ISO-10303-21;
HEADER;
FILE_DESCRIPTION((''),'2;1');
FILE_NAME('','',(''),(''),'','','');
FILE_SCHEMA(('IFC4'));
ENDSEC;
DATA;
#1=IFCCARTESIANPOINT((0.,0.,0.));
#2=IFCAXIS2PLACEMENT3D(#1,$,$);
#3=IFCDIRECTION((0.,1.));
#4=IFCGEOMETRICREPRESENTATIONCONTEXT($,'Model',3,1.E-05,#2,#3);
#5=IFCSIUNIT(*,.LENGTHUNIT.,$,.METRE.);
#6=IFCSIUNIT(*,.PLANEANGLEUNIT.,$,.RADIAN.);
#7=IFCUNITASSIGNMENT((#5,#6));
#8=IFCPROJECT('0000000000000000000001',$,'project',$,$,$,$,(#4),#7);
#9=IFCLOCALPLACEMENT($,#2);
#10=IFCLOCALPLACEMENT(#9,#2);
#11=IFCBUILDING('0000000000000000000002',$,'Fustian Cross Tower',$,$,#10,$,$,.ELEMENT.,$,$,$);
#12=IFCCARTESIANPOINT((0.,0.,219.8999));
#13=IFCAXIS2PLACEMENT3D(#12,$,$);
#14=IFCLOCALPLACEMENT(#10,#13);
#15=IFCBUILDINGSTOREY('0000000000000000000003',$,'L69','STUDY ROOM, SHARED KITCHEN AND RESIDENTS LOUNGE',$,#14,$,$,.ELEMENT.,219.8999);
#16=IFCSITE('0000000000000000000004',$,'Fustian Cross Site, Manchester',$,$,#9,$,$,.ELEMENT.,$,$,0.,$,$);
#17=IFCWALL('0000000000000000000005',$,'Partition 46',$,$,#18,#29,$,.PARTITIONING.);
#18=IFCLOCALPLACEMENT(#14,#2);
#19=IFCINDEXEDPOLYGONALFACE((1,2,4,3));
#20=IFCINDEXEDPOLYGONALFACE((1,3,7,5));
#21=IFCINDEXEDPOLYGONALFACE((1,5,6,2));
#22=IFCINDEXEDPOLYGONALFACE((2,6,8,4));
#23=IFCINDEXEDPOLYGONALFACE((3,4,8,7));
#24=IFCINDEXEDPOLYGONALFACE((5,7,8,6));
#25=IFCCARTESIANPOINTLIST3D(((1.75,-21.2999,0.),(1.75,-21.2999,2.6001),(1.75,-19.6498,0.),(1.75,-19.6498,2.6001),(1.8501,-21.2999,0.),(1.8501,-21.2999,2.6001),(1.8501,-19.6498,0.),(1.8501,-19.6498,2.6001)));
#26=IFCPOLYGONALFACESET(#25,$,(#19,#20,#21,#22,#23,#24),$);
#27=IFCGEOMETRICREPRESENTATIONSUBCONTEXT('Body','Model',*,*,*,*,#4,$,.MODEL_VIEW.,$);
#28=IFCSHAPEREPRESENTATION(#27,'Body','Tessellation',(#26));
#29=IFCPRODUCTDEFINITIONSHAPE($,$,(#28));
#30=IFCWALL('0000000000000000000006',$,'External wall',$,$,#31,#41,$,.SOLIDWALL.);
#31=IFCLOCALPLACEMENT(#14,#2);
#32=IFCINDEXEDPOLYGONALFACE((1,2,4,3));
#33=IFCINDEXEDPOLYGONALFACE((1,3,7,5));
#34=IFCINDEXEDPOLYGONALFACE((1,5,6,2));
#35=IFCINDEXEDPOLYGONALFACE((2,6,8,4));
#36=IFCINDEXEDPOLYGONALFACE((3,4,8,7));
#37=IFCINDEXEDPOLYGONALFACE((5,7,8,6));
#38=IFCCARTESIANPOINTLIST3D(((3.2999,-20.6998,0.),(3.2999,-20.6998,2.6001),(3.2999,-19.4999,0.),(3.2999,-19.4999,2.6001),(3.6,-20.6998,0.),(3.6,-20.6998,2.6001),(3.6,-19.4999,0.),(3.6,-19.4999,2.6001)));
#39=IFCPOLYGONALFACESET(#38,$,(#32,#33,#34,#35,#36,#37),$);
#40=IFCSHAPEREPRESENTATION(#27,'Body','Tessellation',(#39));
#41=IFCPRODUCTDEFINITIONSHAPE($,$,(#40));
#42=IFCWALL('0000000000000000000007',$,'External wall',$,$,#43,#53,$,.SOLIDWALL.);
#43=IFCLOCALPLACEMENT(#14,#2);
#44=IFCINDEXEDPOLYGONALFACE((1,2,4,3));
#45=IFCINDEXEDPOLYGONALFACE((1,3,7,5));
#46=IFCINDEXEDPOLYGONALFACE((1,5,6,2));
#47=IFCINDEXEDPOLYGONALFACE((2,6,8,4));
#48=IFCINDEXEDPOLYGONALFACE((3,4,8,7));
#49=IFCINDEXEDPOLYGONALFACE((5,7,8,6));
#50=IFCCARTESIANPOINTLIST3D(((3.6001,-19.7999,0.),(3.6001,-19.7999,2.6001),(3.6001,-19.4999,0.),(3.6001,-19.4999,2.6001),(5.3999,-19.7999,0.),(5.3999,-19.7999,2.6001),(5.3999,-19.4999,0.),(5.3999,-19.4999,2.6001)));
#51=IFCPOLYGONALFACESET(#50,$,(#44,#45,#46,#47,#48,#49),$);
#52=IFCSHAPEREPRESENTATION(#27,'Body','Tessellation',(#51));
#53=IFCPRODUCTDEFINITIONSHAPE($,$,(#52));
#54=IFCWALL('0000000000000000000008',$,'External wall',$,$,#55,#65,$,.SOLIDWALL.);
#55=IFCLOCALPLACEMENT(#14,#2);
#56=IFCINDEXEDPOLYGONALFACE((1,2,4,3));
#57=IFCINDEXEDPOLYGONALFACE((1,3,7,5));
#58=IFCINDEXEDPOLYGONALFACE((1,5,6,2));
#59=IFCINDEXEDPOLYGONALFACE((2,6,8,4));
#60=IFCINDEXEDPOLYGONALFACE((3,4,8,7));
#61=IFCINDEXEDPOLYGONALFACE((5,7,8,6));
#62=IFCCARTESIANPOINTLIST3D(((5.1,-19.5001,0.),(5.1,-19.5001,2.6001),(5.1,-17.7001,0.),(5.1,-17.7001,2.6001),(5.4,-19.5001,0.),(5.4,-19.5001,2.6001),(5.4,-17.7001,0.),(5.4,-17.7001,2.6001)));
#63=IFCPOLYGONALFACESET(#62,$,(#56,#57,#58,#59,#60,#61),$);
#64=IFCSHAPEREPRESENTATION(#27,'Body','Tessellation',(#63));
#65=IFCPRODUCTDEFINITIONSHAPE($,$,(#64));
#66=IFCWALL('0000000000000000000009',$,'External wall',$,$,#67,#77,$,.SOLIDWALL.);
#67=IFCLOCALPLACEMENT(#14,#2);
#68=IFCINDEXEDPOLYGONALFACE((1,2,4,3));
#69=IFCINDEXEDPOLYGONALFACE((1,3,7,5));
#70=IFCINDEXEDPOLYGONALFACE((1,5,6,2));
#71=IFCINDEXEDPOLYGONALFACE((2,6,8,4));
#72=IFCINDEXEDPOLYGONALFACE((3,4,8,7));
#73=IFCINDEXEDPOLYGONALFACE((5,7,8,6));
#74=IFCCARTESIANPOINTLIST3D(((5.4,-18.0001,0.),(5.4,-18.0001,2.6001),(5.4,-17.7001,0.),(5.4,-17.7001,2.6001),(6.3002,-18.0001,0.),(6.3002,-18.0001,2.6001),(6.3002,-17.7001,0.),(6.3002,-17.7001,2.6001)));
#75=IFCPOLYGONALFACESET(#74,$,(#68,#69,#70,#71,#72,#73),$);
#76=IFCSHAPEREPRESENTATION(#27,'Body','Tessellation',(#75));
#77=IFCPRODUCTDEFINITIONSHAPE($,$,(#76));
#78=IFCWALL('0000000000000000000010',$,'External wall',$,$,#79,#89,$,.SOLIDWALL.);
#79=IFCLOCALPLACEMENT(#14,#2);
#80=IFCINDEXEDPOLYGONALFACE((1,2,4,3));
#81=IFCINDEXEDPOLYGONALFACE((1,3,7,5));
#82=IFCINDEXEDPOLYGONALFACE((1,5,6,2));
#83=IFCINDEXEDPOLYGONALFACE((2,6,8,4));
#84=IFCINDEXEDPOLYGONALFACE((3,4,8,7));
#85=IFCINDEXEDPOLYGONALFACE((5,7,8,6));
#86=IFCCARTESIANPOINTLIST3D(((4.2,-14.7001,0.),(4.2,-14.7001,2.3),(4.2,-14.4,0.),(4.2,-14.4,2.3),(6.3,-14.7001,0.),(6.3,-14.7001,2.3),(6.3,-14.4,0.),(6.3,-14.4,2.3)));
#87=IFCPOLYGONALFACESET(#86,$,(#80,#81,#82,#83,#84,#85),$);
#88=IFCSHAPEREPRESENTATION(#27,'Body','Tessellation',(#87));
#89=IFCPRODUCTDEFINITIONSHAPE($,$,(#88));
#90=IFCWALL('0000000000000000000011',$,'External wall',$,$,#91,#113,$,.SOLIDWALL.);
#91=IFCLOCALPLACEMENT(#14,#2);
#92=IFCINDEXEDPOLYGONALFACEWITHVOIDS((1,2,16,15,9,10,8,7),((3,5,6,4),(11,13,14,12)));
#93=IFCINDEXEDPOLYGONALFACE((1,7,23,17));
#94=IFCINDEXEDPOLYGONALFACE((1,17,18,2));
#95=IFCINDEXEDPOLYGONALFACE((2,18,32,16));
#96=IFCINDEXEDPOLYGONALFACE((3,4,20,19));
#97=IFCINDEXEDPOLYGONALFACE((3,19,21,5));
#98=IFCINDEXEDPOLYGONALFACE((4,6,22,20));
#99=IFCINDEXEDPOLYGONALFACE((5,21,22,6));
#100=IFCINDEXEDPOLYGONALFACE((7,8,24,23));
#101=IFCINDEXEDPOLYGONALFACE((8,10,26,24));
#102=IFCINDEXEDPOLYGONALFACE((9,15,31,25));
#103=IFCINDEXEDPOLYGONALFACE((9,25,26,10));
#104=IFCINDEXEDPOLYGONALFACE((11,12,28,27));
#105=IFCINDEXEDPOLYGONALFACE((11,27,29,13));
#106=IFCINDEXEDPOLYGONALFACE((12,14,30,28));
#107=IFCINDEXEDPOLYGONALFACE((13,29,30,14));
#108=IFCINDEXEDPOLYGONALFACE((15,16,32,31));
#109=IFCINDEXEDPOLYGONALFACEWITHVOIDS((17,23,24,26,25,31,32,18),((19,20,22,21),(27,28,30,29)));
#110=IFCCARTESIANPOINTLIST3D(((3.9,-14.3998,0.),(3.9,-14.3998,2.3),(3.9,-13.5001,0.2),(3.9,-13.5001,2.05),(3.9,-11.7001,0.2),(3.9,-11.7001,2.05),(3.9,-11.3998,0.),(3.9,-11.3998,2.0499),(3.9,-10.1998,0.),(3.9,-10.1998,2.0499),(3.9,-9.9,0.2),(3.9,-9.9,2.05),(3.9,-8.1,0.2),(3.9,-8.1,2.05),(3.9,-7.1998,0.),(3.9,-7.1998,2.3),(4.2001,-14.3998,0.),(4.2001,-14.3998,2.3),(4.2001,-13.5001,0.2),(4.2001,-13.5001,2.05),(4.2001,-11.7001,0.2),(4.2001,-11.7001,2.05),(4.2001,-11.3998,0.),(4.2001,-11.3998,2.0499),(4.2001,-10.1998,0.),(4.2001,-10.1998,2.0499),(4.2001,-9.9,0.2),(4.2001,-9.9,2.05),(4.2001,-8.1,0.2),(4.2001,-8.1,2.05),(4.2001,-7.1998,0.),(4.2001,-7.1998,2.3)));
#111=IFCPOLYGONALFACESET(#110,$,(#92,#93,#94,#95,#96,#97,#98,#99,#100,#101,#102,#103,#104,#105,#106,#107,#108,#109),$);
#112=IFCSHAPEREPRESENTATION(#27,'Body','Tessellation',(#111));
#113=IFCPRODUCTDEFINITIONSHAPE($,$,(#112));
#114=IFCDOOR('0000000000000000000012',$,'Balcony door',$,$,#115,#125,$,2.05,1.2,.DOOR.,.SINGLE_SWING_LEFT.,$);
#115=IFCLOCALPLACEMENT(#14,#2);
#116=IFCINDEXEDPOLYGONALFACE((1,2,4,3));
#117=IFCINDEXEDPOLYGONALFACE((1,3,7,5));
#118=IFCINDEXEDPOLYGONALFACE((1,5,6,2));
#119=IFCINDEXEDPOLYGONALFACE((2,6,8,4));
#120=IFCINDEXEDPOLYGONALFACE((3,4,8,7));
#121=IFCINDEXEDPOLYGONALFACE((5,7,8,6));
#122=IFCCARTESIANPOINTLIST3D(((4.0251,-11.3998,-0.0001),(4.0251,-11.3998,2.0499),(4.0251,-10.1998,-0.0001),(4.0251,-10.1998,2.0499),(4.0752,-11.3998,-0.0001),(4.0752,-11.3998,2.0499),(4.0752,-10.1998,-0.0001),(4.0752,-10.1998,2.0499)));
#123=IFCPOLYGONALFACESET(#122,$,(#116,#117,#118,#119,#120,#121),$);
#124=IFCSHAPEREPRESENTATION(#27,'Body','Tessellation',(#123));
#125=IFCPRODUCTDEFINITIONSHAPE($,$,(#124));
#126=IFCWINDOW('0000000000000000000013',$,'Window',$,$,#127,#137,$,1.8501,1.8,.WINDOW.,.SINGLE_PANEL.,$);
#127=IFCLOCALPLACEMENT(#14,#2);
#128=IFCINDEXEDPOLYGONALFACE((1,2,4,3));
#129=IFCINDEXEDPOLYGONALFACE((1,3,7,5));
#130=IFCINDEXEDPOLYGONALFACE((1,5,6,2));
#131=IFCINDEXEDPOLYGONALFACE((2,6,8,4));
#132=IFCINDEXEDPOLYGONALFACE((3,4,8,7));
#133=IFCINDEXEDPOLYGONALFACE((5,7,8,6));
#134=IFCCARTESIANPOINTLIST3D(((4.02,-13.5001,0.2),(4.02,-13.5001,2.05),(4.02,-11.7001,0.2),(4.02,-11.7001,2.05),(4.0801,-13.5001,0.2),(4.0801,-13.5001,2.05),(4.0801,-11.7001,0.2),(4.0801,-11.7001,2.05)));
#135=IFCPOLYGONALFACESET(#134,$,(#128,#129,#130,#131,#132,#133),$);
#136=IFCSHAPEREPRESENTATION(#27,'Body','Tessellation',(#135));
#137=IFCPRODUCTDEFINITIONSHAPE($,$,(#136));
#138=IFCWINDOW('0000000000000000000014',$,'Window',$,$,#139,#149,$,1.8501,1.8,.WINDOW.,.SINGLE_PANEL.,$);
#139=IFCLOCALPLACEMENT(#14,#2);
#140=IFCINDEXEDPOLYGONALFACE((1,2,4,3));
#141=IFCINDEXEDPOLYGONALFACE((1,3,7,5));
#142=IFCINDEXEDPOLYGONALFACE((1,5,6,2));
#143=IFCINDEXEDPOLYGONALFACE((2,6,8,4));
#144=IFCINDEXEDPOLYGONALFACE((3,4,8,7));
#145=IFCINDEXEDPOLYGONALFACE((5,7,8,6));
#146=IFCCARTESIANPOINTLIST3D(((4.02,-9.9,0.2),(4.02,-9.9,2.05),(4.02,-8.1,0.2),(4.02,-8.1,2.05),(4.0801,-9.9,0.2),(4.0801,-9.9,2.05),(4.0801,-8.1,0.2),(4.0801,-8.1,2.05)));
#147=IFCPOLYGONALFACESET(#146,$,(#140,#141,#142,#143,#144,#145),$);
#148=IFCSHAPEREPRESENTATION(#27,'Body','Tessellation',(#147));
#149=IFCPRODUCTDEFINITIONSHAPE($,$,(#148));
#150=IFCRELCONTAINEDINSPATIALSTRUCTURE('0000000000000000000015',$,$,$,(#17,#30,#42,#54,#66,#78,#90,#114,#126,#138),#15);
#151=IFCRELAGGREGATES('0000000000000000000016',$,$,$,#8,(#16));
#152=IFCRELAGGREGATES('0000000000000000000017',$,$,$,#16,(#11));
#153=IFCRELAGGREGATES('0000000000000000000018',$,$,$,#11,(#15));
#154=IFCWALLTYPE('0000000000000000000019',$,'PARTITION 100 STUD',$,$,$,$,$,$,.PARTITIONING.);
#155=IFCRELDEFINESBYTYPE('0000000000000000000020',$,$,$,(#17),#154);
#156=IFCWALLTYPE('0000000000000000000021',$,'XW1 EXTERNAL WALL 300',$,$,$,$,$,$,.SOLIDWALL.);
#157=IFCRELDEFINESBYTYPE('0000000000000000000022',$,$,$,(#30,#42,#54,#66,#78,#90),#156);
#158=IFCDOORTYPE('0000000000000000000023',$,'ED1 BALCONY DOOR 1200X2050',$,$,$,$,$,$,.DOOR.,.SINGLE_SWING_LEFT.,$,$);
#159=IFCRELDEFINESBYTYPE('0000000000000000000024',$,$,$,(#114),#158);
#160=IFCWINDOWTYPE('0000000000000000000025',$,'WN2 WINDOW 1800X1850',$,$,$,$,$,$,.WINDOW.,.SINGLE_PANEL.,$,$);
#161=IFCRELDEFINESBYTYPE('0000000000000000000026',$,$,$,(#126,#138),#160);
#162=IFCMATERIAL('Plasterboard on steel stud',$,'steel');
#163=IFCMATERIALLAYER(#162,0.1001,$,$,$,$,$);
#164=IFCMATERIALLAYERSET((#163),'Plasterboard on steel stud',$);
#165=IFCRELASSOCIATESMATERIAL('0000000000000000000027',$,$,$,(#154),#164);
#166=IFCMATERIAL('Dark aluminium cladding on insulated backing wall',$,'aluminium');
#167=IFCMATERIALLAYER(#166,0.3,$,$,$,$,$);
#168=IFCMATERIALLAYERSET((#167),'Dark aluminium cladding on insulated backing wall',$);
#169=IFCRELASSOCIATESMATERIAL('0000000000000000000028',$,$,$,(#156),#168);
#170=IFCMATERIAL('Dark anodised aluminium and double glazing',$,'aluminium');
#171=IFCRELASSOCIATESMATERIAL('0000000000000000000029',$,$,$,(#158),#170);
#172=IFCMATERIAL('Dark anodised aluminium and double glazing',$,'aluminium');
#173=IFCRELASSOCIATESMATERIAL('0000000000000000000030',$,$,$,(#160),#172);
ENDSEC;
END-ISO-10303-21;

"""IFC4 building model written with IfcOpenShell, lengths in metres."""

from ifc_helpers import new_model, si_unit, direction, frame, frame_2d, origin, place, context, subcontext, project, spatial, rectangle, extrude, material, layer, layer_set, type_object, element, fill, save


model = new_model("IFC4")

# Units and contexts
model_context = context("Model", 3, precision=1e-05, world=origin(), true_north=direction((0.0, 1.0)))
body_context = subcontext(model_context, "Body", "Model", "MODEL_VIEW")
ifc_project = project(units=[si_unit("LENGTHUNIT", "METRE"), si_unit("PLANEANGLEUNIT", "RADIAN")], contexts=[model_context])

# Site, building, storey
site_placement = place(None, origin())
site = spatial("IfcSite", under=ifc_project, at=site_placement, Name="Fustian Cross Site, Manchester", CompositionType="ELEMENT", RefElevation=0.0)
building_placement = place(site_placement, origin())
building = spatial("IfcBuilding", under=site, at=building_placement, Name="Fustian Cross Tower", CompositionType="ELEMENT")
storey_placement = place(building_placement, frame((0.0, 0.0, 219.8999)))
storey = spatial("IfcBuildingStorey", under=building, at=storey_placement, Name="L69", Description="STUDY ROOM, SHARED KITCHEN AND RESIDENTS LOUNGE", CompositionType="ELEMENT", Elevation=219.8999)

# Walls
ifc_material_1 = material(Name="Plasterboard on steel stud", Category="steel")
ifc_layer_1 = layer(ifc_material_1, 0.1001)
ifc_layer_set_1 = layer_set([ifc_layer_1], Name="Plasterboard on steel stud")
wall_type_1 = type_object("IfcWallType", Name="PARTITION 100 STUD", PredefinedType="PARTITIONING", material=ifc_layer_set_1)
wall_1_placement = place(storey_placement, frame((1.8, -21.3, 0.0), z_axis=(0.0, 0.0, 1.0), x_axis=(0.0, 1.0, 0.0)))
element("IfcWall", 1, at=wall_1_placement, inside=storey, type_object=wall_type_1, Name="Partition 46", PredefinedType="PARTITIONING", context=body_context, shape_type="SweptSolid", body=[
    extrude(rectangle(XDim=1.6501, YDim=0.1001, at=frame_2d((0.8252, 0.0))), origin(), (0.0, 0.0, 1.0), 2.6001),
])
ifc_material_2 = material(Name="Dark aluminium cladding on insulated backing wall", Category="aluminium")
ifc_layer_2 = layer(ifc_material_2, 0.3)
ifc_layer_set_2 = layer_set([ifc_layer_2], Name="Dark aluminium cladding on insulated backing wall")
wall_type_2 = type_object("IfcWallType", Name="XW1 EXTERNAL WALL 300", PredefinedType="SOLIDWALL", material=ifc_layer_set_2)
wall_2_placement = place(storey_placement, frame((3.45, -20.7, 0.0), z_axis=(0.0, 0.0, 1.0), x_axis=(0.0, 1.0, 0.0)))
element("IfcWall", 2, at=wall_2_placement, inside=storey, type_object=wall_type_2, Name="External wall", PredefinedType="SOLIDWALL", context=body_context, shape_type="SweptSolid", body=[
    extrude(rectangle(XDim=1.2, YDim=0.3, at=frame_2d((0.6001, 0.0))), origin(), (0.0, 0.0, 1.0), 2.6001),
])
wall_3_placement = place(storey_placement, frame((3.6001, -19.6499, 0.0), z_axis=(0.0, 0.0, 1.0), x_axis=(1.0, 0.0, 0.0)))
element("IfcWall", 3, at=wall_3_placement, inside=storey, type_object=wall_type_2, Name="External wall", PredefinedType="SOLIDWALL", context=body_context, shape_type="SweptSolid", body=[
    extrude(rectangle(XDim=1.7998, YDim=0.3, at=frame_2d((0.8999, 0.0))), origin(), (0.0, 0.0, 1.0), 2.6001),
])
wall_4_placement = place(storey_placement, frame((5.25, -19.5, 0.0), z_axis=(0.0, 0.0, 1.0), x_axis=(0.0, 1.0, 0.0)))
element("IfcWall", 4, at=wall_4_placement, inside=storey, type_object=wall_type_2, Name="External wall", PredefinedType="SOLIDWALL", context=body_context, shape_type="SweptSolid", body=[
    extrude(rectangle(XDim=1.8, YDim=0.3, at=frame_2d((0.8999, 0.0))), origin(), (0.0, 0.0, 1.0), 2.6001),
])
wall_5_placement = place(storey_placement, frame((5.3999, -17.8501, 0.0), z_axis=(0.0, 0.0, 1.0), x_axis=(1.0, 0.0, 0.0)))
element("IfcWall", 5, at=wall_5_placement, inside=storey, type_object=wall_type_2, Name="External wall", PredefinedType="SOLIDWALL", context=body_context, shape_type="SweptSolid", body=[
    extrude(rectangle(XDim=0.9001, YDim=0.3, at=frame_2d((0.4502, 0.0))), origin(), (0.0, 0.0, 1.0), 2.6001),
])
wall_6_placement = place(storey_placement, frame((6.3, -14.55, 0.0), z_axis=(0.0, 0.0, 1.0), x_axis=(-1.0, 0.0, 0.0)))
element("IfcWall", 6, at=wall_6_placement, inside=storey, type_object=wall_type_2, Name="External wall", PredefinedType="SOLIDWALL", context=body_context, shape_type="SweptSolid", body=[
    extrude(rectangle(XDim=2.1001, YDim=0.3, at=frame_2d((1.05, 0.0))), origin(), (0.0, 0.0, 1.0), 2.3),
])

# Wall, openings, door, windows
wall_7_placement = place(storey_placement, frame((4.05, -14.3999, 0.0), z_axis=(0.0, 0.0, 1.0), x_axis=(0.0, 1.0, 0.0)))
wall_7 = element("IfcWall", 7, at=wall_7_placement, inside=storey, type_object=wall_type_2, Name="External wall", PredefinedType="SOLIDWALL", context=body_context, shape_type="SweptSolid", body=[
    extrude(rectangle(XDim=7.2, YDim=0.3, at=frame_2d((3.6001, 0.0))), origin(), (0.0, 0.0, 1.0), 2.3),
])
opening_1_placement = place(wall_7_placement, frame((3.0, 0.0, 0.0)))
opening_1 = element("IfcOpeningElement", 8, at=opening_1_placement, cuts=wall_7, PredefinedType="OPENING", context=body_context, shape_type="SweptSolid", body=[
    extrude(rectangle(XDim=1.2, YDim=2.05, at=frame_2d((0.6001, 1.0249))), frame((0.0, 0.1599, 0.0), z_axis=(0.0, -1.0, 0.0), x_axis=(1.0, 0.0, 0.0)), (0.0, 0.0, 1.0), 0.3201),
])
opening_2_placement = place(wall_7_placement, frame((0.8999, 0.0, 0.2)))
opening_2 = element("IfcOpeningElement", 9, at=opening_2_placement, cuts=wall_7, PredefinedType="OPENING", context=body_context, shape_type="SweptSolid", body=[
    extrude(rectangle(XDim=1.8, YDim=1.8501, at=frame_2d((0.8999, 0.925))), frame((0.0, 0.1599, 0.0), z_axis=(0.0, -1.0, 0.0), x_axis=(1.0, 0.0, 0.0)), (0.0, 0.0, 1.0), 0.3201),
])
opening_3_placement = place(wall_7_placement, frame((4.5, 0.0, 0.2)))
opening_3 = element("IfcOpeningElement", 10, at=opening_3_placement, cuts=wall_7, PredefinedType="OPENING", context=body_context, shape_type="SweptSolid", body=[
    extrude(rectangle(XDim=1.8, YDim=1.8501, at=frame_2d((0.8999, 0.925))), frame((0.0, 0.1599, 0.0), z_axis=(0.0, -1.0, 0.0), x_axis=(1.0, 0.0, 0.0)), (0.0, 0.0, 1.0), 0.3201),
])
ifc_material_3 = material(Name="Dark anodised aluminium and double glazing", Category="aluminium")
door_type_1 = type_object("IfcDoorType", Name="ED1 BALCONY DOOR 1200X2050", OperationType="SINGLE_SWING_LEFT", PredefinedType="DOOR", material=ifc_material_3)
door_1_placement = place(opening_1_placement, origin())
door_1 = element("IfcDoor", 11, at=door_1_placement, inside=storey, type_object=door_type_1, Name="Balcony door", OperationType="SINGLE_SWING_LEFT", OverallHeight=2.05, OverallWidth=1.2, PredefinedType="DOOR", context=body_context, shape_type="SweptSolid", body=[
    extrude(rectangle(XDim=1.2, YDim=2.05, at=frame_2d((0.6001, 1.0249))), frame((0.0, 0.0249, 0.0), z_axis=(0.0, -1.0, 0.0), x_axis=(1.0, 0.0, 0.0)), (0.0, 0.0, 1.0), 0.05),
])
fill(opening_1, door_1)
ifc_material_4 = material(Name="Dark anodised aluminium and double glazing", Category="aluminium")
window_type = type_object("IfcWindowType", Name="WN2 WINDOW 1800X1850", PartitioningType="SINGLE_PANEL", PredefinedType="WINDOW", material=ifc_material_4)
window_1_placement = place(opening_2_placement, origin())
window_1 = element("IfcWindow", 12, at=window_1_placement, inside=storey, type_object=window_type, Name="Window", OverallHeight=1.8501, OverallWidth=1.8, PartitioningType="SINGLE_PANEL", PredefinedType="WINDOW", context=body_context, shape_type="SweptSolid", body=[
    extrude(rectangle(XDim=1.8, YDim=1.8501, at=frame_2d((0.8999, 0.925))), frame((0.0, 0.03, 0.0), z_axis=(0.0, -1.0, 0.0), x_axis=(1.0, 0.0, 0.0)), (0.0, 0.0, 1.0), 0.0601),
])
fill(opening_2, window_1)
window_2_placement = place(opening_3_placement, origin())
window_2 = element("IfcWindow", 13, at=window_2_placement, inside=storey, type_object=window_type, Name="Window", OverallHeight=1.8501, OverallWidth=1.8, PartitioningType="SINGLE_PANEL", PredefinedType="WINDOW", context=body_context, shape_type="SweptSolid", body=[
    extrude(rectangle(XDim=1.8, YDim=1.8501, at=frame_2d((0.8999, 0.925))), frame((0.0, 0.03, 0.0), z_axis=(0.0, -1.0, 0.0), x_axis=(1.0, 0.0, 0.0)), (0.0, 0.0, 1.0), 0.0601),
])
fill(opening_3, window_2)

save(model, "model.ifc")
